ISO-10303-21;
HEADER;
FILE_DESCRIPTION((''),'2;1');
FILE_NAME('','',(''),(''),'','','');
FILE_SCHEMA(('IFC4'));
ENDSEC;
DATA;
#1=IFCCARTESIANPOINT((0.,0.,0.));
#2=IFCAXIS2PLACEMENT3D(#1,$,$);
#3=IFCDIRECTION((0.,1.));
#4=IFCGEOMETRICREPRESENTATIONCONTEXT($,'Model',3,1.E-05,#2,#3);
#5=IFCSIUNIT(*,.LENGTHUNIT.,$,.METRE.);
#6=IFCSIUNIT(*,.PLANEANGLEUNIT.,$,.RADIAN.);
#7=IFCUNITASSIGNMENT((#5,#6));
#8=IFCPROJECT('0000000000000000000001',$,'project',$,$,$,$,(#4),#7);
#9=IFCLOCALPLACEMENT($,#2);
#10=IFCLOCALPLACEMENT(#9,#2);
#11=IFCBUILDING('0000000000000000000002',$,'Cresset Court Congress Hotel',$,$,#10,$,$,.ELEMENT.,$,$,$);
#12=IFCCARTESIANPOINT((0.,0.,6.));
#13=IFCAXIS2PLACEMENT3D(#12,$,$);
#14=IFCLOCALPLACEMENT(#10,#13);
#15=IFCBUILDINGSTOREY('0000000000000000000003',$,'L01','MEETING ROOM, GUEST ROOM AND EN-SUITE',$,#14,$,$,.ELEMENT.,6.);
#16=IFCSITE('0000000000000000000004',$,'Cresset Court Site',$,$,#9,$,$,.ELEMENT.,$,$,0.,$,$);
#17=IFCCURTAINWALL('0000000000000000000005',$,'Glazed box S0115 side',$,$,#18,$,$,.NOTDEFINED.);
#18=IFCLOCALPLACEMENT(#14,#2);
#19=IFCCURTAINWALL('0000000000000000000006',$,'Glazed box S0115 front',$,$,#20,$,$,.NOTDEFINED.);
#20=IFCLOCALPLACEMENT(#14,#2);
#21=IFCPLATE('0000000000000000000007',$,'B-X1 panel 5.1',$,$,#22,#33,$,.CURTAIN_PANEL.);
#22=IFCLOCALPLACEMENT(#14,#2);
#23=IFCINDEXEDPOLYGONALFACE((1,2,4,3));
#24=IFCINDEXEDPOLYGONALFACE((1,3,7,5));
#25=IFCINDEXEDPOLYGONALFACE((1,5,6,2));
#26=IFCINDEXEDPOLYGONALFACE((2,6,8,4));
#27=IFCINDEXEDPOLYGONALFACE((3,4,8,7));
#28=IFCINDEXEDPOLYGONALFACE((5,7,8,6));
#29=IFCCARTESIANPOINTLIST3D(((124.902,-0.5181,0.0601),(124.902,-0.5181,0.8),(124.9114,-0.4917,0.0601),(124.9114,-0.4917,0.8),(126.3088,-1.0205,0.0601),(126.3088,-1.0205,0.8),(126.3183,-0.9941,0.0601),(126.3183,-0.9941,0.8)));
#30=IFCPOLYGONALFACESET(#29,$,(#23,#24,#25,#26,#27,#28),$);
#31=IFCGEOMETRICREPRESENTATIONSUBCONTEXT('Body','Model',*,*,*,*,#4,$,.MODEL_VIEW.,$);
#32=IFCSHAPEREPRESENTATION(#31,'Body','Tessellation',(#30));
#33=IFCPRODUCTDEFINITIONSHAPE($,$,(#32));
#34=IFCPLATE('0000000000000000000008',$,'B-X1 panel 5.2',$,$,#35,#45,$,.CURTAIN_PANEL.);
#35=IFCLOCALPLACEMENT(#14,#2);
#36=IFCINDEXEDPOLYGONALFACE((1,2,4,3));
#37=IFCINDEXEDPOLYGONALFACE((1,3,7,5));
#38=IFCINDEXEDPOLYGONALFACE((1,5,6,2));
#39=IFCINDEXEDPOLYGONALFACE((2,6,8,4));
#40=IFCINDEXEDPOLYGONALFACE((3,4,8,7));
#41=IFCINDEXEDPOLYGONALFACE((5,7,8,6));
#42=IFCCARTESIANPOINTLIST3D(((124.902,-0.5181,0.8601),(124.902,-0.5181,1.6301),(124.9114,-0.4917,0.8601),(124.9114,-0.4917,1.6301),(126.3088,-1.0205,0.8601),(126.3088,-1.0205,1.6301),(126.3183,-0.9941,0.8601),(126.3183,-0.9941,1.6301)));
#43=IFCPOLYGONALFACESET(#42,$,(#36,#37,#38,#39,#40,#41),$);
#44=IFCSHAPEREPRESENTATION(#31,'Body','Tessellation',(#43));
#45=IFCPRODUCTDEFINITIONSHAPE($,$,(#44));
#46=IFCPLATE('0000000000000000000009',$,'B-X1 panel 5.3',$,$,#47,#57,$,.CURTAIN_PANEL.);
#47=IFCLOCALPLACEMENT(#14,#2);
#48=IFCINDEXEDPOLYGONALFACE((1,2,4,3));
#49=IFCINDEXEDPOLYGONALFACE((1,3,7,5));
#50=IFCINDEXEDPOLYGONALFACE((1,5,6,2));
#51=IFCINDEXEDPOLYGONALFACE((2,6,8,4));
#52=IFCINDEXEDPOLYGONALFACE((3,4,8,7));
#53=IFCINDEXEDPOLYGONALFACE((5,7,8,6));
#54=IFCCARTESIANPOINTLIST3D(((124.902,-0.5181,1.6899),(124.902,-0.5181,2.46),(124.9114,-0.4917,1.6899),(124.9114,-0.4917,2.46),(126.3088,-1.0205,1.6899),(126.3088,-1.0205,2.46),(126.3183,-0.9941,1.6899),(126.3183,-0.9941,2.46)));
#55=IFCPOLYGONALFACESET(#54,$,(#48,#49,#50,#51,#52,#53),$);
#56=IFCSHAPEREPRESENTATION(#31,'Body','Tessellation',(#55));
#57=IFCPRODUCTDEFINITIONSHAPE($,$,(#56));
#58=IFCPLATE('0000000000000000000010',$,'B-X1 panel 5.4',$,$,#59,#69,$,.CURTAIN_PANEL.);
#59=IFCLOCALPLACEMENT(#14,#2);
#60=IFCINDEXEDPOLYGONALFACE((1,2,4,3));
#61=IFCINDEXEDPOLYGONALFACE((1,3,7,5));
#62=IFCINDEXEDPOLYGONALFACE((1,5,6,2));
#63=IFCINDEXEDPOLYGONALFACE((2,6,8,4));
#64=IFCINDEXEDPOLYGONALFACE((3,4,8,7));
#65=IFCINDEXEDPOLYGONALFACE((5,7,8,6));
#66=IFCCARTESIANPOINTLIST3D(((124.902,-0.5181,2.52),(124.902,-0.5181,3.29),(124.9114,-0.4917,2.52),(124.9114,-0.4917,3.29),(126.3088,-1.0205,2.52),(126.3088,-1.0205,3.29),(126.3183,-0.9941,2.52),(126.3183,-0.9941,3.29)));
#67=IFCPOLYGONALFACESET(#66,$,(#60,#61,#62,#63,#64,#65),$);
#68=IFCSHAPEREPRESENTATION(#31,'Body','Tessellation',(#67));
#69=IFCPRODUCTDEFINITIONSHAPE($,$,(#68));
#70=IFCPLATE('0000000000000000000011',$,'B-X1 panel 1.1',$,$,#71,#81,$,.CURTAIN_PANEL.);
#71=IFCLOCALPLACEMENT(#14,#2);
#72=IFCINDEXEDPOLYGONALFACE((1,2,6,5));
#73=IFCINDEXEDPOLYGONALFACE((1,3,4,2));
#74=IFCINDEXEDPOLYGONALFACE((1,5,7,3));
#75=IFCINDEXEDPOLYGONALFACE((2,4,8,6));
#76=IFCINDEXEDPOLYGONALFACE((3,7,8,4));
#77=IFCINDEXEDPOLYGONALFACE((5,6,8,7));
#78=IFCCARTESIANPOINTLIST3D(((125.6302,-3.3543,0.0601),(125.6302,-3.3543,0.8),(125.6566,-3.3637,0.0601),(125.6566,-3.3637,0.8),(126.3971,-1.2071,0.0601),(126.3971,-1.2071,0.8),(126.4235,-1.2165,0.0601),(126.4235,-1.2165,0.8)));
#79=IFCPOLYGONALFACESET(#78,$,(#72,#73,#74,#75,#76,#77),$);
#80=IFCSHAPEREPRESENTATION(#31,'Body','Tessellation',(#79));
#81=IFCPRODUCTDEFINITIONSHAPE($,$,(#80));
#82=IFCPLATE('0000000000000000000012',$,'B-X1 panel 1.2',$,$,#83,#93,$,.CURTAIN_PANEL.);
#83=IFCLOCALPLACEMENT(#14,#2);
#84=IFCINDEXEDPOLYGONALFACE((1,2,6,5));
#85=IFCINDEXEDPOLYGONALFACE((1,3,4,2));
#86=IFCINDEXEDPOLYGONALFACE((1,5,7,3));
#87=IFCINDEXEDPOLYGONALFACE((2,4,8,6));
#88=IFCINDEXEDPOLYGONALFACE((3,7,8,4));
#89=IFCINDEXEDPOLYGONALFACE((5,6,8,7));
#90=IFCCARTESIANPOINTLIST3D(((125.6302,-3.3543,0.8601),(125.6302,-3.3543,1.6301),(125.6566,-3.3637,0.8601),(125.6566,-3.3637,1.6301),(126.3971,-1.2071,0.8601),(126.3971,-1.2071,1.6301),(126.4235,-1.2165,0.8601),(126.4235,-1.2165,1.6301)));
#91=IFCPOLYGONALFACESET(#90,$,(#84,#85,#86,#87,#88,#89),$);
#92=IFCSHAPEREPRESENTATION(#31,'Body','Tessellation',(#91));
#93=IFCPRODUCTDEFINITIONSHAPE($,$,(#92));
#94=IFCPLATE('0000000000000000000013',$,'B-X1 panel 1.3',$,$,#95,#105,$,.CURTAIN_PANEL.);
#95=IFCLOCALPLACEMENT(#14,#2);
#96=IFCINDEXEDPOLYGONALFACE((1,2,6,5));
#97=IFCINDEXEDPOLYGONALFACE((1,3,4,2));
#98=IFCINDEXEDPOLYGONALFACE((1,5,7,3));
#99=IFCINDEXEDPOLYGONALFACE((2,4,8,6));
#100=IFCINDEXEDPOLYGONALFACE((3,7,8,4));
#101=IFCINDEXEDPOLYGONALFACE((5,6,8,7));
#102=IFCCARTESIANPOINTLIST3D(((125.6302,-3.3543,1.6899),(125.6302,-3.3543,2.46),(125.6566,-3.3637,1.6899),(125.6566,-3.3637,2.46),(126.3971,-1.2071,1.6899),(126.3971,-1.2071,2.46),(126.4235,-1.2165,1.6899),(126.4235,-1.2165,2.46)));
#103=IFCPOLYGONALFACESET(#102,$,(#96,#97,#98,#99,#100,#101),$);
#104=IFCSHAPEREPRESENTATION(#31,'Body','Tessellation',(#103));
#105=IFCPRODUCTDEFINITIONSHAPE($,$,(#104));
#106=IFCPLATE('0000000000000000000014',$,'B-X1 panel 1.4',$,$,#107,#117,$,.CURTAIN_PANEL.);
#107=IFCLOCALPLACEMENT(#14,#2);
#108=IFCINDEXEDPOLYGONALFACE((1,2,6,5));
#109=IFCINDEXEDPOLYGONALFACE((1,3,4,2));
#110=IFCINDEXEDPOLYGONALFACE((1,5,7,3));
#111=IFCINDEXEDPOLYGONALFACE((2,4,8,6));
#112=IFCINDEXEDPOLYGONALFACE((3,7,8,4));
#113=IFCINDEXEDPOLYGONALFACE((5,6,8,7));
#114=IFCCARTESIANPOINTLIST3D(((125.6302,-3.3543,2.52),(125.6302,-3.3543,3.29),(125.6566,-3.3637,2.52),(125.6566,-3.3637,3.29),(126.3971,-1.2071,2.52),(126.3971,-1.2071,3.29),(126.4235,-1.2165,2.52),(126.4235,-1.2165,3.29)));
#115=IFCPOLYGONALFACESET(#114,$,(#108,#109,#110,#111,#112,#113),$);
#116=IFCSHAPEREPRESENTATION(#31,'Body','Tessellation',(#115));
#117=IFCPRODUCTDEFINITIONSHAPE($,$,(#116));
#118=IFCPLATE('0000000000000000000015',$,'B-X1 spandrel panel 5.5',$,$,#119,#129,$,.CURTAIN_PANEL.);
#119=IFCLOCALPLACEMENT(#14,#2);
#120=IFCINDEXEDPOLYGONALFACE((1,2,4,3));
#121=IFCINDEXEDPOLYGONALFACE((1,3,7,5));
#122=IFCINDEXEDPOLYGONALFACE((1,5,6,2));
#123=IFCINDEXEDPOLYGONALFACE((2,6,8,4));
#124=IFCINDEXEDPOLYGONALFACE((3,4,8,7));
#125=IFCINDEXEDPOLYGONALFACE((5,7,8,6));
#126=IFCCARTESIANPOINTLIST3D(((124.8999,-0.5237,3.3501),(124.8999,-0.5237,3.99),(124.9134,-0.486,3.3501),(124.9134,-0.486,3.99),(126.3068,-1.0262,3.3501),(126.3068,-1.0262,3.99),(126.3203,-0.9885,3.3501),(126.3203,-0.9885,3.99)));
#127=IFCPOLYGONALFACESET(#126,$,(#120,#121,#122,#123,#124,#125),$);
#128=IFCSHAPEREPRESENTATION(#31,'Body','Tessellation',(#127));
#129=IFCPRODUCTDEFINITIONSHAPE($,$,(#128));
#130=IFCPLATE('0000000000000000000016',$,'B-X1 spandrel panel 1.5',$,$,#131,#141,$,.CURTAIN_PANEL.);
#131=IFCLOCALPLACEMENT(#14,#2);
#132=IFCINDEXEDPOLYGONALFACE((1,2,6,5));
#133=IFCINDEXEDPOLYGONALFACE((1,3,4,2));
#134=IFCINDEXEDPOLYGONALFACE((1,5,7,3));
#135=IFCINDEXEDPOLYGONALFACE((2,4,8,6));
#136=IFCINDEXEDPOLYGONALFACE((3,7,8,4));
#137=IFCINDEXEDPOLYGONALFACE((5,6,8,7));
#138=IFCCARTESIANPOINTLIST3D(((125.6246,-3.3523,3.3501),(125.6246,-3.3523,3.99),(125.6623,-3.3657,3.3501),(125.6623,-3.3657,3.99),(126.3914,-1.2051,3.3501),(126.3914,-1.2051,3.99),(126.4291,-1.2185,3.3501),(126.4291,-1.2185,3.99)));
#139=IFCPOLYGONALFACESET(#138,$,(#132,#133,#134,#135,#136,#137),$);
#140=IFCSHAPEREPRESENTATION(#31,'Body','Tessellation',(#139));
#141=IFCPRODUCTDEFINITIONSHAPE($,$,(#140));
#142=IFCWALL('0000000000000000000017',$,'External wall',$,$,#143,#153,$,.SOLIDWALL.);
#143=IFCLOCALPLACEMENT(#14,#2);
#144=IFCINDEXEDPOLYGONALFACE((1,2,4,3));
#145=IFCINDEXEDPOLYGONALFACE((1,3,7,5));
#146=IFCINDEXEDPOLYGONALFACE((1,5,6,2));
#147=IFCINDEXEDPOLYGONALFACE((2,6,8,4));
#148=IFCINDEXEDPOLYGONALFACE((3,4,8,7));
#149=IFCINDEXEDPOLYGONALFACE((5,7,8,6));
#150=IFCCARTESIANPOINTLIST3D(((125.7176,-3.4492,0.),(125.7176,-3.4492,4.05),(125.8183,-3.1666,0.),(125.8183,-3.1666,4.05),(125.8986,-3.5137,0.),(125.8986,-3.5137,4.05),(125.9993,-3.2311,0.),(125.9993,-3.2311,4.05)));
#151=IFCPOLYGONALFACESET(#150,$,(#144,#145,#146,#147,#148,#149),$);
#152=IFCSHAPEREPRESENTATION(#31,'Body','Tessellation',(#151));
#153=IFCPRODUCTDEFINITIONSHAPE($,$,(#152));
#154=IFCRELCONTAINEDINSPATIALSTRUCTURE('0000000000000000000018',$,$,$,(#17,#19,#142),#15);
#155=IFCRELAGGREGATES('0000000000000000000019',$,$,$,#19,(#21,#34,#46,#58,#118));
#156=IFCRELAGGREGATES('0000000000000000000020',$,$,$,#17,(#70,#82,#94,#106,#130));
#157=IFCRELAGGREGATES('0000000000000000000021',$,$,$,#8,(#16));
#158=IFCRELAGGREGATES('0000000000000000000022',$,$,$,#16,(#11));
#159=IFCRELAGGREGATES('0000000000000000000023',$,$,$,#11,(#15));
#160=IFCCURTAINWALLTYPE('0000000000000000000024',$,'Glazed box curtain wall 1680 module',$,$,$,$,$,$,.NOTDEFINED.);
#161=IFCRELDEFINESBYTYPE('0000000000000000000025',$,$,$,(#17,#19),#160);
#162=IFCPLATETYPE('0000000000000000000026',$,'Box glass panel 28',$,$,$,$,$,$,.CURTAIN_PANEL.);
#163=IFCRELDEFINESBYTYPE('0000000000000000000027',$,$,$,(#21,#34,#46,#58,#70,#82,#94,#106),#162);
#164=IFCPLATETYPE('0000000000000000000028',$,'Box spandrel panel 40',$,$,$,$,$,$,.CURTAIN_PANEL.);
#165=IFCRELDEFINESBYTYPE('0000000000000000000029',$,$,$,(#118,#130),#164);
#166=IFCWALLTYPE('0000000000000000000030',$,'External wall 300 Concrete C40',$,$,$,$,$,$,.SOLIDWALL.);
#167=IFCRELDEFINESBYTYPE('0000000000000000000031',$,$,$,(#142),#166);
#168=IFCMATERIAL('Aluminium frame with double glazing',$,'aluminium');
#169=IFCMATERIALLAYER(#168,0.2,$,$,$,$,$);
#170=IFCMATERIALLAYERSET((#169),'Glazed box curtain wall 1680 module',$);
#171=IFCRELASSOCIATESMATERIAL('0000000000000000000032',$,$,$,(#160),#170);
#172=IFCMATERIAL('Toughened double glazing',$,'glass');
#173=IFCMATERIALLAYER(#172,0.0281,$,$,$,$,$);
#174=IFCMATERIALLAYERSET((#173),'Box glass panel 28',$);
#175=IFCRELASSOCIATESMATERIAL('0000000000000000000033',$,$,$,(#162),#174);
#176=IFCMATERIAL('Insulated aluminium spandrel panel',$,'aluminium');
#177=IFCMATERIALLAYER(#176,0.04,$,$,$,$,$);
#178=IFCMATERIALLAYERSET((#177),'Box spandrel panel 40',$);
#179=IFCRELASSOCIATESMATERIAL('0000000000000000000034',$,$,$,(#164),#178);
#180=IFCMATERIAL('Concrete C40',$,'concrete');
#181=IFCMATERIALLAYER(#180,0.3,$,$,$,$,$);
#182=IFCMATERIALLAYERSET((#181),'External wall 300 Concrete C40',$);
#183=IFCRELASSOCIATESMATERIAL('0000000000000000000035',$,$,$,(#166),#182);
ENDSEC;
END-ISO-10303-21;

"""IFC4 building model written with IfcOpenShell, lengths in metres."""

from ifc_helpers import new_model, si_unit, direction, frame, frame_2d, origin, origin_2d, place, context, subcontext, project, spatial, rectangle, extrude, material, layer, layer_set, type_object, element, aggregate, save


model = new_model("IFC4")

# Units and contexts
model_context = context("Model", 3, precision=1e-05, world=origin(), true_north=direction((0.0, 1.0)))
body_context = subcontext(model_context, "Body", "Model", "MODEL_VIEW")
ifc_project = project(units=[si_unit("LENGTHUNIT", "METRE"), si_unit("PLANEANGLEUNIT", "RADIAN")], contexts=[model_context])

# Site, building, storey
site_placement = place(None, origin())
site = spatial("IfcSite", under=ifc_project, at=site_placement, Name="Cresset Court Site", CompositionType="ELEMENT", RefElevation=0.0)
building_placement = place(site_placement, origin())
building = spatial("IfcBuilding", under=site, at=building_placement, Name="Cresset Court Congress Hotel", CompositionType="ELEMENT")
storey_placement = place(building_placement, frame((0.0, 0.0, 6.0)))
storey = spatial("IfcBuildingStorey", under=building, at=storey_placement, Name="L01", Description="MEETING ROOM, GUEST ROOM AND EN-SUITE", CompositionType="ELEMENT", Elevation=6.0)

# Curtain wall
ifc_material_1 = material(Name="Aluminium frame with double glazing", Category="aluminium")
ifc_layer_1 = layer(ifc_material_1, 0.2)
ifc_layer_set_1 = layer_set([ifc_layer_1], Name="Glazed box curtain wall 1680 module")
curtain_wall_type = type_object("IfcCurtainWallType", Name="Glazed box curtain wall 1680 module", PredefinedType="NOTDEFINED", material=ifc_layer_set_1)
curtain_wall_1_placement = place(storey_placement, origin())
curtain_wall_1 = element("IfcCurtainWall", 1, at=curtain_wall_1_placement, inside=storey, type_object=curtain_wall_type, Name="Glazed box S0115 side", PredefinedType="NOTDEFINED")

# Curtain wall, plates
curtain_wall_2_placement = place(storey_placement, origin())
curtain_wall_2 = element("IfcCurtainWall", 2, at=curtain_wall_2_placement, inside=storey, type_object=curtain_wall_type, Name="Glazed box S0115 front", PredefinedType="NOTDEFINED")
ifc_material_2 = material(Name="Toughened double glazing", Category="glass")
ifc_layer_2 = layer(ifc_material_2, 0.0281)
ifc_layer_set_2 = layer_set([ifc_layer_2], Name="Box glass panel 28")
plate_type_1 = type_object("IfcPlateType", Name="Box glass panel 28", PredefinedType="CURTAIN_PANEL", material=ifc_layer_set_2)
plate_1_placement = place(storey_placement, frame((125.6101, -0.7561, 0.0601), z_axis=(0.0, 0.0, 1.0), x_axis=(0.941742, -0.336336, 0.0)))
plate_1 = element("IfcPlate", 3, at=plate_1_placement, type_object=plate_type_1, Name="B-X1 panel 5.1", PredefinedType="CURTAIN_PANEL", context=body_context, shape_type="SweptSolid", body=[
    extrude(rectangle(XDim=1.4939, YDim=0.0281, at=origin_2d()), origin(), (0.0, 0.0, 1.0), 0.74),
])
plate_2_placement = place(storey_placement, frame((125.6101, -0.7561, 0.8601), z_axis=(0.0, 0.0, 1.0), x_axis=(0.941742, -0.336336, 0.0)))
plate_2 = element("IfcPlate", 4, at=plate_2_placement, type_object=plate_type_1, Name="B-X1 panel 5.2", PredefinedType="CURTAIN_PANEL", context=body_context, shape_type="SweptSolid", body=[
    extrude(rectangle(XDim=1.4939, YDim=0.0281, at=origin_2d()), origin(), (0.0, 0.0, 1.0), 0.77),
])
plate_3_placement = place(storey_placement, frame((125.6101, -0.7561, 1.6899), z_axis=(0.0, 0.0, 1.0), x_axis=(0.941742, -0.336336, 0.0)))
plate_3 = element("IfcPlate", 5, at=plate_3_placement, type_object=plate_type_1, Name="B-X1 panel 5.3", PredefinedType="CURTAIN_PANEL", context=body_context, shape_type="SweptSolid", body=[
    extrude(rectangle(XDim=1.4939, YDim=0.0281, at=origin_2d()), origin(), (0.0, 0.0, 1.0), 0.77),
])
plate_4_placement = place(storey_placement, frame((125.6101, -0.7561, 2.52), z_axis=(0.0, 0.0, 1.0), x_axis=(0.941742, -0.336336, 0.0)))
plate_4 = element("IfcPlate", 6, at=plate_4_placement, type_object=plate_type_1, Name="B-X1 panel 5.4", PredefinedType="CURTAIN_PANEL", context=body_context, shape_type="SweptSolid", body=[
    extrude(rectangle(XDim=1.4939, YDim=0.0281, at=origin_2d()), origin(), (0.0, 0.0, 1.0), 0.77),
])

# Plates
plate_5_placement = place(storey_placement, frame((126.0269, -2.2854, 0.0601), z_axis=(0.0, 0.0, 1.0), x_axis=(0.336336, 0.941742, 0.0)))
plate_5 = element("IfcPlate", 7, at=plate_5_placement, type_object=plate_type_1, Name="B-X1 panel 1.1", PredefinedType="CURTAIN_PANEL", context=body_context, shape_type="SweptSolid", body=[
    extrude(rectangle(XDim=2.28, YDim=0.0281, at=origin_2d()), origin(), (0.0, 0.0, 1.0), 0.74),
])
plate_6_placement = place(storey_placement, frame((126.0269, -2.2854, 0.8601), z_axis=(0.0, 0.0, 1.0), x_axis=(0.336336, 0.941742, 0.0)))
plate_6 = element("IfcPlate", 8, at=plate_6_placement, type_object=plate_type_1, Name="B-X1 panel 1.2", PredefinedType="CURTAIN_PANEL", context=body_context, shape_type="SweptSolid", body=[
    extrude(rectangle(XDim=2.28, YDim=0.0281, at=origin_2d()), origin(), (0.0, 0.0, 1.0), 0.77),
])
plate_7_placement = place(storey_placement, frame((126.0269, -2.2854, 1.6899), z_axis=(0.0, 0.0, 1.0), x_axis=(0.336336, 0.941742, 0.0)))
plate_7 = element("IfcPlate", 9, at=plate_7_placement, type_object=plate_type_1, Name="B-X1 panel 1.3", PredefinedType="CURTAIN_PANEL", context=body_context, shape_type="SweptSolid", body=[
    extrude(rectangle(XDim=2.28, YDim=0.0281, at=origin_2d()), origin(), (0.0, 0.0, 1.0), 0.77),
])
plate_8_placement = place(storey_placement, frame((126.0269, -2.2854, 2.52), z_axis=(0.0, 0.0, 1.0), x_axis=(0.336336, 0.941742, 0.0)))
plate_8 = element("IfcPlate", 10, at=plate_8_placement, type_object=plate_type_1, Name="B-X1 panel 1.4", PredefinedType="CURTAIN_PANEL", context=body_context, shape_type="SweptSolid", body=[
    extrude(rectangle(XDim=2.28, YDim=0.0281, at=origin_2d()), origin(), (0.0, 0.0, 1.0), 0.77),
])
ifc_material_3 = material(Name="Insulated aluminium spandrel panel", Category="aluminium")
ifc_layer_3 = layer(ifc_material_3, 0.04)
ifc_layer_set_3 = layer_set([ifc_layer_3], Name="Box spandrel panel 40")
plate_type_2 = type_object("IfcPlateType", Name="Box spandrel panel 40", PredefinedType="CURTAIN_PANEL", material=ifc_layer_set_3)
plate_9_placement = place(storey_placement, frame((125.6101, -0.7561, 3.3501), z_axis=(0.0, 0.0, 1.0), x_axis=(0.941742, -0.336336, 0.0)))
plate_9 = element("IfcPlate", 11, at=plate_9_placement, type_object=plate_type_2, Name="B-X1 spandrel panel 5.5", PredefinedType="CURTAIN_PANEL", context=body_context, shape_type="SweptSolid", body=[
    extrude(rectangle(XDim=1.4939, YDim=0.04, at=origin_2d()), origin(), (0.0, 0.0, 1.0), 0.6399),
])
aggregate(curtain_wall_2, [plate_1, plate_2, plate_3, plate_4, plate_9])
plate_10_placement = place(storey_placement, frame((126.0269, -2.2854, 3.3501), z_axis=(0.0, 0.0, 1.0), x_axis=(0.336336, 0.941742, 0.0)))
plate_10 = element("IfcPlate", 12, at=plate_10_placement, type_object=plate_type_2, Name="B-X1 spandrel panel 1.5", PredefinedType="CURTAIN_PANEL", context=body_context, shape_type="SweptSolid", body=[
    extrude(rectangle(XDim=2.28, YDim=0.04, at=origin_2d()), origin(), (0.0, 0.0, 1.0), 0.6399),
])
aggregate(curtain_wall_1, [plate_5, plate_6, plate_7, plate_8, plate_10])

# Wall
ifc_material_4 = material(Name="Concrete C40", Category="concrete")
ifc_layer_4 = layer(ifc_material_4, 0.3)
ifc_layer_set_4 = layer_set([ifc_layer_4], Name="External wall 300 Concrete C40")
wall_type_1 = type_object("IfcWallType", Name="External wall 300 Concrete C40", PredefinedType="SOLIDWALL", material=ifc_layer_set_4)
wall_1_placement = place(storey_placement, frame((125.7678, -3.3079, 0.0), z_axis=(0.0, 0.0, 1.0), x_axis=(0.942, -0.335612, 0.0)))
element("IfcWall", 13, at=wall_1_placement, inside=storey, type_object=wall_type_1, Name="External wall", PredefinedType="SOLIDWALL", context=body_context, shape_type="SweptSolid", body=[
    extrude(rectangle(XDim=0.1921, YDim=0.3, at=frame_2d((0.0962, 0.0))), origin(), (0.0, 0.0, 1.0), 4.05),
])

save(model, "model.ifc")
